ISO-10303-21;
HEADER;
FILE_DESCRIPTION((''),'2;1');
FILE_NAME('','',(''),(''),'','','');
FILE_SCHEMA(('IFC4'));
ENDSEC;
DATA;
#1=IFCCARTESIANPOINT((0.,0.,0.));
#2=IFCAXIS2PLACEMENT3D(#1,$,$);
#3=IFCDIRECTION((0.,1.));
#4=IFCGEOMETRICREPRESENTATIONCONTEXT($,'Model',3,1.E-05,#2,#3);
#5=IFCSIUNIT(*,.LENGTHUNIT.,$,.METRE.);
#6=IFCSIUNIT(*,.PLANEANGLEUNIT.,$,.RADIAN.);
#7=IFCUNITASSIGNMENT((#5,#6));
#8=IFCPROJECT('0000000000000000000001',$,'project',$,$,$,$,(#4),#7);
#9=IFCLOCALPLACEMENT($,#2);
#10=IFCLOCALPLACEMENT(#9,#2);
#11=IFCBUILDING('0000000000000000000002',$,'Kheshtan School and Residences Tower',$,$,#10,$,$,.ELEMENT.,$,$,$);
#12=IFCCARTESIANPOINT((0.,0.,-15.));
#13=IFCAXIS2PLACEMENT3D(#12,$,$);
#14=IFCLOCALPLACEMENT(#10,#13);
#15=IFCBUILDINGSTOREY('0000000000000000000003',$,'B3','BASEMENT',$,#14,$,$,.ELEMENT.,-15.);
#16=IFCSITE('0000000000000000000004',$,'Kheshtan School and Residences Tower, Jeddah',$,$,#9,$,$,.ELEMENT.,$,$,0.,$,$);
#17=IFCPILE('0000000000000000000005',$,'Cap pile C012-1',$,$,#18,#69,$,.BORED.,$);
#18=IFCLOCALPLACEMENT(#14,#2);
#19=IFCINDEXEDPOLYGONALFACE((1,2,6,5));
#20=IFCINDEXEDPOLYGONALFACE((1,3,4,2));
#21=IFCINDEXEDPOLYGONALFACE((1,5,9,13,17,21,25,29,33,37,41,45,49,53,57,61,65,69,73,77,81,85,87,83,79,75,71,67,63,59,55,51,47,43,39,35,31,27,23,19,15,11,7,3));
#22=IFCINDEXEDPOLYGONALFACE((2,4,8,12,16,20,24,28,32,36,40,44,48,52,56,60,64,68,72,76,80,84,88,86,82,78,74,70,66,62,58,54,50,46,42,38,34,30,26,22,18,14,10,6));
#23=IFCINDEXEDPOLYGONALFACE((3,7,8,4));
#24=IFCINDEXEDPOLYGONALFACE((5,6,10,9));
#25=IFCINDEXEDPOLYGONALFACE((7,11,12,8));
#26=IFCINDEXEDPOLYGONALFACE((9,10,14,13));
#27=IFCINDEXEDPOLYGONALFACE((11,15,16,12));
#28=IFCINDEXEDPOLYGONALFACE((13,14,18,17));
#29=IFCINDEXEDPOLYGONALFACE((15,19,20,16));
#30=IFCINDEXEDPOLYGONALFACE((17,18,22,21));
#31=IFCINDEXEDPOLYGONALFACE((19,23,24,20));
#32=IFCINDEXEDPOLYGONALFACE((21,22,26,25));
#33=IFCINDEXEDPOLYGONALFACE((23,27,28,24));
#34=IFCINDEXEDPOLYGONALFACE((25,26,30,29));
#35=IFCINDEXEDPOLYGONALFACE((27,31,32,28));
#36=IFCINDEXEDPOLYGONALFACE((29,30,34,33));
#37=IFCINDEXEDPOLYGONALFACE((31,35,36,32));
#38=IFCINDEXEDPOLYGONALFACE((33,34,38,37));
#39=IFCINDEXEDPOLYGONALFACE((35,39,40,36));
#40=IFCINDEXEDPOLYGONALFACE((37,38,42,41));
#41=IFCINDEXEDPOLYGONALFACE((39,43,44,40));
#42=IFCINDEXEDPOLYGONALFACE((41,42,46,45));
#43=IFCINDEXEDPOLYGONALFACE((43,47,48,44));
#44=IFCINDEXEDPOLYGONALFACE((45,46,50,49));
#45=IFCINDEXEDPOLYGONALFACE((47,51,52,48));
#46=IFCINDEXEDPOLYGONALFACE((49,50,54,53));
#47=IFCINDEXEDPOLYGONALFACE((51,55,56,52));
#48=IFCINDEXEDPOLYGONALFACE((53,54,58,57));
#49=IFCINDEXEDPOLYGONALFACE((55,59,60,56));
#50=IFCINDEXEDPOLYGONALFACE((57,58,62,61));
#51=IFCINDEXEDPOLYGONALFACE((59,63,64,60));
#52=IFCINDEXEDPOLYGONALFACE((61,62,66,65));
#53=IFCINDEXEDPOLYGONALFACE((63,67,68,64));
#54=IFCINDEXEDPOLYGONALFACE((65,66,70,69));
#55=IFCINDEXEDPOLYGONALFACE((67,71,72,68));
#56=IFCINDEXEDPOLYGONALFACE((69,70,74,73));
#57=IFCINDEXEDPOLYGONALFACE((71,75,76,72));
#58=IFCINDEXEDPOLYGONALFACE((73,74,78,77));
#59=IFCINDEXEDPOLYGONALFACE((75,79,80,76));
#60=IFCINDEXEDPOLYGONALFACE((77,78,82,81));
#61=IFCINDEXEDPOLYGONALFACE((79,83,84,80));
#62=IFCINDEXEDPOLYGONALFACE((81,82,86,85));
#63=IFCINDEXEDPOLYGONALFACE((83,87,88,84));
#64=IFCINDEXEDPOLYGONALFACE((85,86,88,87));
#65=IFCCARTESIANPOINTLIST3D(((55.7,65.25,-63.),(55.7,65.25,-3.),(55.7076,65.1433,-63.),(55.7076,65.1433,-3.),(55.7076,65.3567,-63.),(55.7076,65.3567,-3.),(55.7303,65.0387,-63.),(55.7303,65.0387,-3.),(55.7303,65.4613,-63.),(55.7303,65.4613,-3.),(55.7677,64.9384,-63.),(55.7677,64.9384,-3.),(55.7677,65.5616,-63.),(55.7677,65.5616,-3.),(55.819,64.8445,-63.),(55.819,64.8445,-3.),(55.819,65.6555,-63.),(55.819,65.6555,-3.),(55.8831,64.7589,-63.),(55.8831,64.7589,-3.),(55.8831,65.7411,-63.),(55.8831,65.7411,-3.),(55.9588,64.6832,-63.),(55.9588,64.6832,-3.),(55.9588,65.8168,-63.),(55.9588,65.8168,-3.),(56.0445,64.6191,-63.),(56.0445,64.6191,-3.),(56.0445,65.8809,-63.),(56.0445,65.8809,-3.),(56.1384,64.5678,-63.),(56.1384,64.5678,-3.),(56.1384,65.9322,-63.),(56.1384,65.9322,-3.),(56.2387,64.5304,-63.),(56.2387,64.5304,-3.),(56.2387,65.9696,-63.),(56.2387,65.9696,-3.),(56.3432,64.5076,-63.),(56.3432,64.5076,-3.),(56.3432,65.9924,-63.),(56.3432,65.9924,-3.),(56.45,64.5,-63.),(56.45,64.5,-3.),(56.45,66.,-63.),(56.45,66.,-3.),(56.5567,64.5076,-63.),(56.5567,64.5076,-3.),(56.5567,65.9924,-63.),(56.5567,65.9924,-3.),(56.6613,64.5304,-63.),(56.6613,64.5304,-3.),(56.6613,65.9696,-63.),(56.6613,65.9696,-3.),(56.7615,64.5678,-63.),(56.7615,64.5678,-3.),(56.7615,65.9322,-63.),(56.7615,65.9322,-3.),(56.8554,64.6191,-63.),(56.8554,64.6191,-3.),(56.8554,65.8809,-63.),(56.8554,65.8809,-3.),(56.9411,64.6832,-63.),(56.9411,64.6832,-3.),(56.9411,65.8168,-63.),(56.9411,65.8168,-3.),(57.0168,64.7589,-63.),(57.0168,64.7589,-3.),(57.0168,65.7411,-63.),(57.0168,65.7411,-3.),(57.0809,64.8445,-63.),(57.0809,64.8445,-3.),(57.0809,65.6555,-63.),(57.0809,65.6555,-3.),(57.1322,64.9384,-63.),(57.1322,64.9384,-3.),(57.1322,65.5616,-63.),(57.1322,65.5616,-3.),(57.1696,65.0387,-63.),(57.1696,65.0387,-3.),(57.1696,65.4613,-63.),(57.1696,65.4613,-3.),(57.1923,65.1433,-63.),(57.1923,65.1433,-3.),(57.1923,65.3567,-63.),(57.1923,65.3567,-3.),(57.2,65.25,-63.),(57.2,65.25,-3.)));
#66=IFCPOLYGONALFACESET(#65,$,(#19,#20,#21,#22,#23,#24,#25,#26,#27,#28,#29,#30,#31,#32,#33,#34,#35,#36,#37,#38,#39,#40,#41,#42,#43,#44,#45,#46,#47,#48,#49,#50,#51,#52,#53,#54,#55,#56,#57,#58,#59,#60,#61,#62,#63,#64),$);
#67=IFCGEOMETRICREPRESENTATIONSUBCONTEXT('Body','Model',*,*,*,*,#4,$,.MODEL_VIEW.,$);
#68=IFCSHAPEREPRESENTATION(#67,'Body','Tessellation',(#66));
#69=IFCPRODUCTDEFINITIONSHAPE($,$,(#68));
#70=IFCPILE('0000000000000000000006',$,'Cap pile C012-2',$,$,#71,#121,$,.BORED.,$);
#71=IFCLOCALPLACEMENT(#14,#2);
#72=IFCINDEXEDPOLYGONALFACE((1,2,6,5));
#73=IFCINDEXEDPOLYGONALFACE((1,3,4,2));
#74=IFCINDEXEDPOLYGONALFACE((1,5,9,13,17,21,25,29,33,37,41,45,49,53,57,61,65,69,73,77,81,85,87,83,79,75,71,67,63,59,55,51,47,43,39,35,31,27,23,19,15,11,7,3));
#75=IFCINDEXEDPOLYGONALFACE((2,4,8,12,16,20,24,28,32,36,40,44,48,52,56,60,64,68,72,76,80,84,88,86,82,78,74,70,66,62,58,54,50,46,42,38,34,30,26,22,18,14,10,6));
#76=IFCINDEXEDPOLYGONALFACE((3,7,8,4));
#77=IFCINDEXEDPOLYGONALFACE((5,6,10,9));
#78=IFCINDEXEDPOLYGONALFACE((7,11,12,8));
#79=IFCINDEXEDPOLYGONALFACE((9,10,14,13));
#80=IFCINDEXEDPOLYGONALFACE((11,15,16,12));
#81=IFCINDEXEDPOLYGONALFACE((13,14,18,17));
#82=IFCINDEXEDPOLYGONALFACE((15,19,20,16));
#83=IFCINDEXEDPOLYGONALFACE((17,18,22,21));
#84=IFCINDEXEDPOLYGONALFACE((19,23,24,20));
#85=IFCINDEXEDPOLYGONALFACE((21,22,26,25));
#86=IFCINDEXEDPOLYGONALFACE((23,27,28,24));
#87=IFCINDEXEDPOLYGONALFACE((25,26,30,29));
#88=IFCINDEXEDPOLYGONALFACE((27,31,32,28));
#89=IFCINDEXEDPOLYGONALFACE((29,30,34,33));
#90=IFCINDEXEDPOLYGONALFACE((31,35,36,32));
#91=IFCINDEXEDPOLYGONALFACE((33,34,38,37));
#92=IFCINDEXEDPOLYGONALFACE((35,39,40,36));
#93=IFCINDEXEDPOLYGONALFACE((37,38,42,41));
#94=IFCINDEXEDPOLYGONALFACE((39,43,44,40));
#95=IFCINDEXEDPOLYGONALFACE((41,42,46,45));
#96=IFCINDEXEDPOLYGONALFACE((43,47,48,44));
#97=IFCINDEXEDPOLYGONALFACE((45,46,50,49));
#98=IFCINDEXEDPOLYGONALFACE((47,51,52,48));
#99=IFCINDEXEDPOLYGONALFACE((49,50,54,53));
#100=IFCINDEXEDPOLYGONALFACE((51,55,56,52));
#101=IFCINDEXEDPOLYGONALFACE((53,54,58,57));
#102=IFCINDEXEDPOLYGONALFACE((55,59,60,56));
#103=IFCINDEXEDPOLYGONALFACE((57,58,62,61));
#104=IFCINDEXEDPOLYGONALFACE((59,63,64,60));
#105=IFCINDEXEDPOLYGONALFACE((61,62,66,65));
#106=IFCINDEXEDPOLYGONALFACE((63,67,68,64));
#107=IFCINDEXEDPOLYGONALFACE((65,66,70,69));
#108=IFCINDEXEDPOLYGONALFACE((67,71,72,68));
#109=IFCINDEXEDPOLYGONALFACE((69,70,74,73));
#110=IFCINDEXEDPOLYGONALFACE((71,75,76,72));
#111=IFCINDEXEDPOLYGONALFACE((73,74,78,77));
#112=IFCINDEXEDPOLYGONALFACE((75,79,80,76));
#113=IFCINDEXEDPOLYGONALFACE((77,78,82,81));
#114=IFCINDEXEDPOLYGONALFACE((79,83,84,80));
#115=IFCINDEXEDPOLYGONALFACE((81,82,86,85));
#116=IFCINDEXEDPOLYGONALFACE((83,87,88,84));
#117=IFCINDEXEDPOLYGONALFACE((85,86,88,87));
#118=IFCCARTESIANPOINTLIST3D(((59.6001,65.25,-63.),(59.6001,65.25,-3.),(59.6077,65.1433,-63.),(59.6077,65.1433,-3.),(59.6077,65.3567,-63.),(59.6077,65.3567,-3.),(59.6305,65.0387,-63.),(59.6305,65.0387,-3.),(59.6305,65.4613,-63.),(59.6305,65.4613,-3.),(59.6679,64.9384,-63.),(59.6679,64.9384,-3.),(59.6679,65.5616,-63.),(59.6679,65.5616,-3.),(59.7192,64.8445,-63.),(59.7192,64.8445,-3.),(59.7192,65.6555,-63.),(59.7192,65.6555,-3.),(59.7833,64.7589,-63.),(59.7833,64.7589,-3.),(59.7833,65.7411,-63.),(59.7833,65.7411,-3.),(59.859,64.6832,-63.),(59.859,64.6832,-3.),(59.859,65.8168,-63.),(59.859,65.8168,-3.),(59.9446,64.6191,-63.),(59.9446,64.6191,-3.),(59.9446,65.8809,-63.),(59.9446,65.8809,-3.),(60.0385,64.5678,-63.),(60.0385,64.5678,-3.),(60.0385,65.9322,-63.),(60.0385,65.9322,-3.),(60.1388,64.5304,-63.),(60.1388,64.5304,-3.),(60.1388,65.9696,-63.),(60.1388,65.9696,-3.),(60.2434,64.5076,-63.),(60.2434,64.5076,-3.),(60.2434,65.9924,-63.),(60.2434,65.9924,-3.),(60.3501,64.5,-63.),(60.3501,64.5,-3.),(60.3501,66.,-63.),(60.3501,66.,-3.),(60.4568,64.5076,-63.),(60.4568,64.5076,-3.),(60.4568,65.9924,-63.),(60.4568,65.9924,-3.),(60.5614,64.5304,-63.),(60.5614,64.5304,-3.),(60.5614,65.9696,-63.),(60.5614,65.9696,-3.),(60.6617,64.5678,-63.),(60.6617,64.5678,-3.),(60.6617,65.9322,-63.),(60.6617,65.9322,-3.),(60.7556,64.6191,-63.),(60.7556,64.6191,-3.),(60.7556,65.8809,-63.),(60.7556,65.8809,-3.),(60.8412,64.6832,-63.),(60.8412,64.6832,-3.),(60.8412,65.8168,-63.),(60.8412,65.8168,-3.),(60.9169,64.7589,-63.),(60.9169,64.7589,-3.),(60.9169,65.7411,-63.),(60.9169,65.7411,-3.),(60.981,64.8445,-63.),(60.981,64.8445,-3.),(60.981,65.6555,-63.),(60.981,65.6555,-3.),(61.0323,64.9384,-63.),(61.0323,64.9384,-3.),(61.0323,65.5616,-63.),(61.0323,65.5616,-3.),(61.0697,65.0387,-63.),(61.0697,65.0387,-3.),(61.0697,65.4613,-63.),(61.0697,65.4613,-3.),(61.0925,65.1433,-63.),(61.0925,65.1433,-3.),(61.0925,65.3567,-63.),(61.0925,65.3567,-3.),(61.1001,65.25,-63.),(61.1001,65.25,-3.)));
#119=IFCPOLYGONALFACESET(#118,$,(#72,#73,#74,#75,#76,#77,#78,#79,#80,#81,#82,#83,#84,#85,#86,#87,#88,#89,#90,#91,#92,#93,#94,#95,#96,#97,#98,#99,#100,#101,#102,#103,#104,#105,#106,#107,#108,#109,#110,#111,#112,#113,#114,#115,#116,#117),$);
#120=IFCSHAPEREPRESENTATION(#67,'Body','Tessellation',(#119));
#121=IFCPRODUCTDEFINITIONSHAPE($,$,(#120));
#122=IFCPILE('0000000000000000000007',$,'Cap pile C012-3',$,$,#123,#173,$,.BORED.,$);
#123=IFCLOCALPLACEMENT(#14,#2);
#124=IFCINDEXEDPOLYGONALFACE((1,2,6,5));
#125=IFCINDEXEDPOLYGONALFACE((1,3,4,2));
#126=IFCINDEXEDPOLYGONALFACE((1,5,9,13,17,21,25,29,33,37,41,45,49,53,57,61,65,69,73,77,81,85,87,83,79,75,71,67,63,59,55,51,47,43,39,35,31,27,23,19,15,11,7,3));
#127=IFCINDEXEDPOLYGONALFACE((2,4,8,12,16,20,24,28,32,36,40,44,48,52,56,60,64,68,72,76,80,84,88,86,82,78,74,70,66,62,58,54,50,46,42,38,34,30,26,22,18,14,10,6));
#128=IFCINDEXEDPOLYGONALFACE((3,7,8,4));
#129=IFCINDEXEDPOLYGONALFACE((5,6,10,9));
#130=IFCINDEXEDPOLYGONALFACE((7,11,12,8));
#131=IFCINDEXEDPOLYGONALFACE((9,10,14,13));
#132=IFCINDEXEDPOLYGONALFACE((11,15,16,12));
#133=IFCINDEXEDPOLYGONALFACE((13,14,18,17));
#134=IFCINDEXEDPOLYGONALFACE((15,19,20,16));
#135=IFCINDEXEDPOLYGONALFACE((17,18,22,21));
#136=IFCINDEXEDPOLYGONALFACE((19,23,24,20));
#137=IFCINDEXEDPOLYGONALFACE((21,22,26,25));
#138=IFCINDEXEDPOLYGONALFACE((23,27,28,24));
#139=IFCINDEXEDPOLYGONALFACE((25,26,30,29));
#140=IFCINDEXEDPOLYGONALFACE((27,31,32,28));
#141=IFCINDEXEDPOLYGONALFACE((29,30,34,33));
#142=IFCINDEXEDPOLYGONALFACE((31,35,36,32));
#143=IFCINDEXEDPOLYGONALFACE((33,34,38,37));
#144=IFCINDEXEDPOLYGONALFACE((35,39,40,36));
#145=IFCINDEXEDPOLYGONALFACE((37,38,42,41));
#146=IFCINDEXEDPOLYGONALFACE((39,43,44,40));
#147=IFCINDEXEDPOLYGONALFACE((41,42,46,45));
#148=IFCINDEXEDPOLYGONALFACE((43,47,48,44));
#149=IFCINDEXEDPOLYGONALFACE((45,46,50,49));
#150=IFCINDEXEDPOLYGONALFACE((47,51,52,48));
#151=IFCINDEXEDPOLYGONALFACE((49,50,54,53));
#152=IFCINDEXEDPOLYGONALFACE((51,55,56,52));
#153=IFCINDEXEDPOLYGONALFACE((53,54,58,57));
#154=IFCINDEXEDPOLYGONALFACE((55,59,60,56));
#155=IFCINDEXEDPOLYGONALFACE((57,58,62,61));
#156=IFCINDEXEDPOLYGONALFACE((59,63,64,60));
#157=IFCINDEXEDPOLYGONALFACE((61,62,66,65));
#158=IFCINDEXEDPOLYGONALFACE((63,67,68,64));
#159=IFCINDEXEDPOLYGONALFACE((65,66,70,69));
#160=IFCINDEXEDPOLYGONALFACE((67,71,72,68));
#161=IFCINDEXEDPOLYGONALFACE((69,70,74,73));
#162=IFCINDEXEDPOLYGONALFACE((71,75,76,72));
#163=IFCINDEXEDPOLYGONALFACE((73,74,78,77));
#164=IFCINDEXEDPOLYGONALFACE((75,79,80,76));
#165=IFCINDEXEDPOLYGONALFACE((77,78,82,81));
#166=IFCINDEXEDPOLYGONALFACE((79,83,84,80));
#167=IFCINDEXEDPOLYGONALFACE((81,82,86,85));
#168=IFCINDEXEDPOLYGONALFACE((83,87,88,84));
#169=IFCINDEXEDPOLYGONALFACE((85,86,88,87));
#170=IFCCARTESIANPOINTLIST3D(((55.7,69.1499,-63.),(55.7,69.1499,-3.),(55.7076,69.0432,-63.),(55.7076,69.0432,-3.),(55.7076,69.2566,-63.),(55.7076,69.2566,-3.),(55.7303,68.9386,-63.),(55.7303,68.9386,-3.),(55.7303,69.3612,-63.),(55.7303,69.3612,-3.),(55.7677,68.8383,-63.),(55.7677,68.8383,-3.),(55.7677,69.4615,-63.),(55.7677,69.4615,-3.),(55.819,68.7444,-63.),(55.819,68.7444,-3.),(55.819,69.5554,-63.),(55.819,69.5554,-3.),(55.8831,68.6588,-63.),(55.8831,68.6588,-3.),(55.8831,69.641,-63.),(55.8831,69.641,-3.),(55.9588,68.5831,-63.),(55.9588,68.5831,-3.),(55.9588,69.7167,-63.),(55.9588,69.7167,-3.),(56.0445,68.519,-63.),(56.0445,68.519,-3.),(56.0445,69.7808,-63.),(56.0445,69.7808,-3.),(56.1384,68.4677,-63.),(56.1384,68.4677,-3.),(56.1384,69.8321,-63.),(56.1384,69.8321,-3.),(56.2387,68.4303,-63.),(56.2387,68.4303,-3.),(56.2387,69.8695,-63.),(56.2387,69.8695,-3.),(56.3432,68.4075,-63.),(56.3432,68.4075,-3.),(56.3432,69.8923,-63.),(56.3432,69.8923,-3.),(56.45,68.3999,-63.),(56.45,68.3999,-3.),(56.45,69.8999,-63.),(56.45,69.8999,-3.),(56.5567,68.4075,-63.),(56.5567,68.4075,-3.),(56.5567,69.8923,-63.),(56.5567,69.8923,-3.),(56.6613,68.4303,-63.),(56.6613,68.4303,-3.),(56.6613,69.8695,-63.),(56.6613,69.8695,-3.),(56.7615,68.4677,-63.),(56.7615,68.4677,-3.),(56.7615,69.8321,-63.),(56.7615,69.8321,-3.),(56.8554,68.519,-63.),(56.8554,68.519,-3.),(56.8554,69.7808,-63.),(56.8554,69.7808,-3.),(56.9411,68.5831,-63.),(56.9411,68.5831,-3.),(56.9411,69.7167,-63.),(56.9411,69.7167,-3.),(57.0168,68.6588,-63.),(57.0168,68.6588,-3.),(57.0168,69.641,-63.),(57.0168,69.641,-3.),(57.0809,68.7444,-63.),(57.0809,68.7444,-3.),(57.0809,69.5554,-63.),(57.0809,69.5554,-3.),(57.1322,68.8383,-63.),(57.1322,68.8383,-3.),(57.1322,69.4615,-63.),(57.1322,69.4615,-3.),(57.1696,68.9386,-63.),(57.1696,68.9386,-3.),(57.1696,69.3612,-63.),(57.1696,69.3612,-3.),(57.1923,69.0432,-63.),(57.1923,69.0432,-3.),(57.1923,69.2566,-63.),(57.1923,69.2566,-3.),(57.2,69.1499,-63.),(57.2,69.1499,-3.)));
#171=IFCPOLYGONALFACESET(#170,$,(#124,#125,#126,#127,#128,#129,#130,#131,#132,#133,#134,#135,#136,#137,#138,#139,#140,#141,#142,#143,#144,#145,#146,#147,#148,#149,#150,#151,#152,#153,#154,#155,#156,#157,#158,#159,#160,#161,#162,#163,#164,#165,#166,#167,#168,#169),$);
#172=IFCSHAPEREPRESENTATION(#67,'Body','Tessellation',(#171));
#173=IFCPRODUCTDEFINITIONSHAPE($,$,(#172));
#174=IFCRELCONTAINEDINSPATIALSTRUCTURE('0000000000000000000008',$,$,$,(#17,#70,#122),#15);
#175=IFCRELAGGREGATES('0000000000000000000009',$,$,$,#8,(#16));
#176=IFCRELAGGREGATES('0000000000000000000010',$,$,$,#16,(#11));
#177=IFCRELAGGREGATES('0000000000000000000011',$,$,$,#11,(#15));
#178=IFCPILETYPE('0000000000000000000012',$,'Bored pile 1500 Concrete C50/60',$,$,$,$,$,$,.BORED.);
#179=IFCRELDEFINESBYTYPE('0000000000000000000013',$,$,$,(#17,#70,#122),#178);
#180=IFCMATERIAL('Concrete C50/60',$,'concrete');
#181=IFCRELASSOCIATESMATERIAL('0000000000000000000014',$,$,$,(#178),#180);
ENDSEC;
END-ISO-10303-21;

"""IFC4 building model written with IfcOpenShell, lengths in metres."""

from ifc_helpers import new_model, si_unit, direction, frame, origin, origin_2d, place, context, subcontext, project, spatial, circle, extrude, material, material_profile, profile_set, type_object, element, save


model = new_model("IFC4")

# Units and contexts
model_context = context("Model", 3, precision=1e-05, world=origin(), true_north=direction((0.0, 1.0)))
body_context = subcontext(model_context, "Body", "Model", "MODEL_VIEW")
ifc_project = project(units=[si_unit("LENGTHUNIT", "METRE"), si_unit("PLANEANGLEUNIT", "RADIAN")], contexts=[model_context])

# Site, building, storey
site_placement = place(None, origin())
site = spatial("IfcSite", under=ifc_project, at=site_placement, Name="Kheshtan School and Residences Tower, Jeddah", CompositionType="ELEMENT", RefElevation=0.0)
building_placement = place(site_placement, origin())
building = spatial("IfcBuilding", under=site, at=building_placement, Name="Kheshtan School and Residences Tower", CompositionType="ELEMENT")
storey_placement = place(building_placement, frame((0.0, 0.0, -15.0)))
storey = spatial("IfcBuildingStorey", under=building, at=storey_placement, Name="B3", Description="BASEMENT", CompositionType="ELEMENT", Elevation=-15.0)

# Piles
ifc_material_1 = material(Name="Concrete C50/60", Category="concrete")
ifc_material_profile_1 = material_profile(ifc_material_1, circle(Radius=0.75, at=origin_2d()), Name="BP 1500")
ifc_profile_set_1 = profile_set([ifc_material_profile_1], Name="Concrete C50/60")
pile_type = type_object("IfcPileType", Name="Bored pile 1500 Concrete C50/60", PredefinedType="BORED", material=ifc_profile_set_1)
for number, where, z_axis, x_axis, name in (
    (1, (56.45, 65.25, -3.0), (0.0, 0.0, -1.0), (1.0, 0.0, 0.0), "Cap pile C012-1"),
    (2, (60.3501, 65.25, -3.0), (0.0, 0.0, -1.0), (1.0, 0.0, 0.0), "Cap pile C012-2"),
    (3, (56.45, 69.1499, -3.0), (0.0, 0.0, -1.0), (1.0, 0.0, 0.0), "Cap pile C012-3"),
):
    element("IfcPile", number, at=place(storey_placement, frame(where, z_axis=z_axis, x_axis=x_axis)), inside=storey, type_object=pile_type, Name=name, PredefinedType="BORED", context=body_context, shape_type="SweptSolid", body=[
        extrude(circle(Radius=0.75, at=origin_2d()), origin(), (0.0, 0.0, 1.0), 60.0),
    ])

save(model, "model.ifc")
